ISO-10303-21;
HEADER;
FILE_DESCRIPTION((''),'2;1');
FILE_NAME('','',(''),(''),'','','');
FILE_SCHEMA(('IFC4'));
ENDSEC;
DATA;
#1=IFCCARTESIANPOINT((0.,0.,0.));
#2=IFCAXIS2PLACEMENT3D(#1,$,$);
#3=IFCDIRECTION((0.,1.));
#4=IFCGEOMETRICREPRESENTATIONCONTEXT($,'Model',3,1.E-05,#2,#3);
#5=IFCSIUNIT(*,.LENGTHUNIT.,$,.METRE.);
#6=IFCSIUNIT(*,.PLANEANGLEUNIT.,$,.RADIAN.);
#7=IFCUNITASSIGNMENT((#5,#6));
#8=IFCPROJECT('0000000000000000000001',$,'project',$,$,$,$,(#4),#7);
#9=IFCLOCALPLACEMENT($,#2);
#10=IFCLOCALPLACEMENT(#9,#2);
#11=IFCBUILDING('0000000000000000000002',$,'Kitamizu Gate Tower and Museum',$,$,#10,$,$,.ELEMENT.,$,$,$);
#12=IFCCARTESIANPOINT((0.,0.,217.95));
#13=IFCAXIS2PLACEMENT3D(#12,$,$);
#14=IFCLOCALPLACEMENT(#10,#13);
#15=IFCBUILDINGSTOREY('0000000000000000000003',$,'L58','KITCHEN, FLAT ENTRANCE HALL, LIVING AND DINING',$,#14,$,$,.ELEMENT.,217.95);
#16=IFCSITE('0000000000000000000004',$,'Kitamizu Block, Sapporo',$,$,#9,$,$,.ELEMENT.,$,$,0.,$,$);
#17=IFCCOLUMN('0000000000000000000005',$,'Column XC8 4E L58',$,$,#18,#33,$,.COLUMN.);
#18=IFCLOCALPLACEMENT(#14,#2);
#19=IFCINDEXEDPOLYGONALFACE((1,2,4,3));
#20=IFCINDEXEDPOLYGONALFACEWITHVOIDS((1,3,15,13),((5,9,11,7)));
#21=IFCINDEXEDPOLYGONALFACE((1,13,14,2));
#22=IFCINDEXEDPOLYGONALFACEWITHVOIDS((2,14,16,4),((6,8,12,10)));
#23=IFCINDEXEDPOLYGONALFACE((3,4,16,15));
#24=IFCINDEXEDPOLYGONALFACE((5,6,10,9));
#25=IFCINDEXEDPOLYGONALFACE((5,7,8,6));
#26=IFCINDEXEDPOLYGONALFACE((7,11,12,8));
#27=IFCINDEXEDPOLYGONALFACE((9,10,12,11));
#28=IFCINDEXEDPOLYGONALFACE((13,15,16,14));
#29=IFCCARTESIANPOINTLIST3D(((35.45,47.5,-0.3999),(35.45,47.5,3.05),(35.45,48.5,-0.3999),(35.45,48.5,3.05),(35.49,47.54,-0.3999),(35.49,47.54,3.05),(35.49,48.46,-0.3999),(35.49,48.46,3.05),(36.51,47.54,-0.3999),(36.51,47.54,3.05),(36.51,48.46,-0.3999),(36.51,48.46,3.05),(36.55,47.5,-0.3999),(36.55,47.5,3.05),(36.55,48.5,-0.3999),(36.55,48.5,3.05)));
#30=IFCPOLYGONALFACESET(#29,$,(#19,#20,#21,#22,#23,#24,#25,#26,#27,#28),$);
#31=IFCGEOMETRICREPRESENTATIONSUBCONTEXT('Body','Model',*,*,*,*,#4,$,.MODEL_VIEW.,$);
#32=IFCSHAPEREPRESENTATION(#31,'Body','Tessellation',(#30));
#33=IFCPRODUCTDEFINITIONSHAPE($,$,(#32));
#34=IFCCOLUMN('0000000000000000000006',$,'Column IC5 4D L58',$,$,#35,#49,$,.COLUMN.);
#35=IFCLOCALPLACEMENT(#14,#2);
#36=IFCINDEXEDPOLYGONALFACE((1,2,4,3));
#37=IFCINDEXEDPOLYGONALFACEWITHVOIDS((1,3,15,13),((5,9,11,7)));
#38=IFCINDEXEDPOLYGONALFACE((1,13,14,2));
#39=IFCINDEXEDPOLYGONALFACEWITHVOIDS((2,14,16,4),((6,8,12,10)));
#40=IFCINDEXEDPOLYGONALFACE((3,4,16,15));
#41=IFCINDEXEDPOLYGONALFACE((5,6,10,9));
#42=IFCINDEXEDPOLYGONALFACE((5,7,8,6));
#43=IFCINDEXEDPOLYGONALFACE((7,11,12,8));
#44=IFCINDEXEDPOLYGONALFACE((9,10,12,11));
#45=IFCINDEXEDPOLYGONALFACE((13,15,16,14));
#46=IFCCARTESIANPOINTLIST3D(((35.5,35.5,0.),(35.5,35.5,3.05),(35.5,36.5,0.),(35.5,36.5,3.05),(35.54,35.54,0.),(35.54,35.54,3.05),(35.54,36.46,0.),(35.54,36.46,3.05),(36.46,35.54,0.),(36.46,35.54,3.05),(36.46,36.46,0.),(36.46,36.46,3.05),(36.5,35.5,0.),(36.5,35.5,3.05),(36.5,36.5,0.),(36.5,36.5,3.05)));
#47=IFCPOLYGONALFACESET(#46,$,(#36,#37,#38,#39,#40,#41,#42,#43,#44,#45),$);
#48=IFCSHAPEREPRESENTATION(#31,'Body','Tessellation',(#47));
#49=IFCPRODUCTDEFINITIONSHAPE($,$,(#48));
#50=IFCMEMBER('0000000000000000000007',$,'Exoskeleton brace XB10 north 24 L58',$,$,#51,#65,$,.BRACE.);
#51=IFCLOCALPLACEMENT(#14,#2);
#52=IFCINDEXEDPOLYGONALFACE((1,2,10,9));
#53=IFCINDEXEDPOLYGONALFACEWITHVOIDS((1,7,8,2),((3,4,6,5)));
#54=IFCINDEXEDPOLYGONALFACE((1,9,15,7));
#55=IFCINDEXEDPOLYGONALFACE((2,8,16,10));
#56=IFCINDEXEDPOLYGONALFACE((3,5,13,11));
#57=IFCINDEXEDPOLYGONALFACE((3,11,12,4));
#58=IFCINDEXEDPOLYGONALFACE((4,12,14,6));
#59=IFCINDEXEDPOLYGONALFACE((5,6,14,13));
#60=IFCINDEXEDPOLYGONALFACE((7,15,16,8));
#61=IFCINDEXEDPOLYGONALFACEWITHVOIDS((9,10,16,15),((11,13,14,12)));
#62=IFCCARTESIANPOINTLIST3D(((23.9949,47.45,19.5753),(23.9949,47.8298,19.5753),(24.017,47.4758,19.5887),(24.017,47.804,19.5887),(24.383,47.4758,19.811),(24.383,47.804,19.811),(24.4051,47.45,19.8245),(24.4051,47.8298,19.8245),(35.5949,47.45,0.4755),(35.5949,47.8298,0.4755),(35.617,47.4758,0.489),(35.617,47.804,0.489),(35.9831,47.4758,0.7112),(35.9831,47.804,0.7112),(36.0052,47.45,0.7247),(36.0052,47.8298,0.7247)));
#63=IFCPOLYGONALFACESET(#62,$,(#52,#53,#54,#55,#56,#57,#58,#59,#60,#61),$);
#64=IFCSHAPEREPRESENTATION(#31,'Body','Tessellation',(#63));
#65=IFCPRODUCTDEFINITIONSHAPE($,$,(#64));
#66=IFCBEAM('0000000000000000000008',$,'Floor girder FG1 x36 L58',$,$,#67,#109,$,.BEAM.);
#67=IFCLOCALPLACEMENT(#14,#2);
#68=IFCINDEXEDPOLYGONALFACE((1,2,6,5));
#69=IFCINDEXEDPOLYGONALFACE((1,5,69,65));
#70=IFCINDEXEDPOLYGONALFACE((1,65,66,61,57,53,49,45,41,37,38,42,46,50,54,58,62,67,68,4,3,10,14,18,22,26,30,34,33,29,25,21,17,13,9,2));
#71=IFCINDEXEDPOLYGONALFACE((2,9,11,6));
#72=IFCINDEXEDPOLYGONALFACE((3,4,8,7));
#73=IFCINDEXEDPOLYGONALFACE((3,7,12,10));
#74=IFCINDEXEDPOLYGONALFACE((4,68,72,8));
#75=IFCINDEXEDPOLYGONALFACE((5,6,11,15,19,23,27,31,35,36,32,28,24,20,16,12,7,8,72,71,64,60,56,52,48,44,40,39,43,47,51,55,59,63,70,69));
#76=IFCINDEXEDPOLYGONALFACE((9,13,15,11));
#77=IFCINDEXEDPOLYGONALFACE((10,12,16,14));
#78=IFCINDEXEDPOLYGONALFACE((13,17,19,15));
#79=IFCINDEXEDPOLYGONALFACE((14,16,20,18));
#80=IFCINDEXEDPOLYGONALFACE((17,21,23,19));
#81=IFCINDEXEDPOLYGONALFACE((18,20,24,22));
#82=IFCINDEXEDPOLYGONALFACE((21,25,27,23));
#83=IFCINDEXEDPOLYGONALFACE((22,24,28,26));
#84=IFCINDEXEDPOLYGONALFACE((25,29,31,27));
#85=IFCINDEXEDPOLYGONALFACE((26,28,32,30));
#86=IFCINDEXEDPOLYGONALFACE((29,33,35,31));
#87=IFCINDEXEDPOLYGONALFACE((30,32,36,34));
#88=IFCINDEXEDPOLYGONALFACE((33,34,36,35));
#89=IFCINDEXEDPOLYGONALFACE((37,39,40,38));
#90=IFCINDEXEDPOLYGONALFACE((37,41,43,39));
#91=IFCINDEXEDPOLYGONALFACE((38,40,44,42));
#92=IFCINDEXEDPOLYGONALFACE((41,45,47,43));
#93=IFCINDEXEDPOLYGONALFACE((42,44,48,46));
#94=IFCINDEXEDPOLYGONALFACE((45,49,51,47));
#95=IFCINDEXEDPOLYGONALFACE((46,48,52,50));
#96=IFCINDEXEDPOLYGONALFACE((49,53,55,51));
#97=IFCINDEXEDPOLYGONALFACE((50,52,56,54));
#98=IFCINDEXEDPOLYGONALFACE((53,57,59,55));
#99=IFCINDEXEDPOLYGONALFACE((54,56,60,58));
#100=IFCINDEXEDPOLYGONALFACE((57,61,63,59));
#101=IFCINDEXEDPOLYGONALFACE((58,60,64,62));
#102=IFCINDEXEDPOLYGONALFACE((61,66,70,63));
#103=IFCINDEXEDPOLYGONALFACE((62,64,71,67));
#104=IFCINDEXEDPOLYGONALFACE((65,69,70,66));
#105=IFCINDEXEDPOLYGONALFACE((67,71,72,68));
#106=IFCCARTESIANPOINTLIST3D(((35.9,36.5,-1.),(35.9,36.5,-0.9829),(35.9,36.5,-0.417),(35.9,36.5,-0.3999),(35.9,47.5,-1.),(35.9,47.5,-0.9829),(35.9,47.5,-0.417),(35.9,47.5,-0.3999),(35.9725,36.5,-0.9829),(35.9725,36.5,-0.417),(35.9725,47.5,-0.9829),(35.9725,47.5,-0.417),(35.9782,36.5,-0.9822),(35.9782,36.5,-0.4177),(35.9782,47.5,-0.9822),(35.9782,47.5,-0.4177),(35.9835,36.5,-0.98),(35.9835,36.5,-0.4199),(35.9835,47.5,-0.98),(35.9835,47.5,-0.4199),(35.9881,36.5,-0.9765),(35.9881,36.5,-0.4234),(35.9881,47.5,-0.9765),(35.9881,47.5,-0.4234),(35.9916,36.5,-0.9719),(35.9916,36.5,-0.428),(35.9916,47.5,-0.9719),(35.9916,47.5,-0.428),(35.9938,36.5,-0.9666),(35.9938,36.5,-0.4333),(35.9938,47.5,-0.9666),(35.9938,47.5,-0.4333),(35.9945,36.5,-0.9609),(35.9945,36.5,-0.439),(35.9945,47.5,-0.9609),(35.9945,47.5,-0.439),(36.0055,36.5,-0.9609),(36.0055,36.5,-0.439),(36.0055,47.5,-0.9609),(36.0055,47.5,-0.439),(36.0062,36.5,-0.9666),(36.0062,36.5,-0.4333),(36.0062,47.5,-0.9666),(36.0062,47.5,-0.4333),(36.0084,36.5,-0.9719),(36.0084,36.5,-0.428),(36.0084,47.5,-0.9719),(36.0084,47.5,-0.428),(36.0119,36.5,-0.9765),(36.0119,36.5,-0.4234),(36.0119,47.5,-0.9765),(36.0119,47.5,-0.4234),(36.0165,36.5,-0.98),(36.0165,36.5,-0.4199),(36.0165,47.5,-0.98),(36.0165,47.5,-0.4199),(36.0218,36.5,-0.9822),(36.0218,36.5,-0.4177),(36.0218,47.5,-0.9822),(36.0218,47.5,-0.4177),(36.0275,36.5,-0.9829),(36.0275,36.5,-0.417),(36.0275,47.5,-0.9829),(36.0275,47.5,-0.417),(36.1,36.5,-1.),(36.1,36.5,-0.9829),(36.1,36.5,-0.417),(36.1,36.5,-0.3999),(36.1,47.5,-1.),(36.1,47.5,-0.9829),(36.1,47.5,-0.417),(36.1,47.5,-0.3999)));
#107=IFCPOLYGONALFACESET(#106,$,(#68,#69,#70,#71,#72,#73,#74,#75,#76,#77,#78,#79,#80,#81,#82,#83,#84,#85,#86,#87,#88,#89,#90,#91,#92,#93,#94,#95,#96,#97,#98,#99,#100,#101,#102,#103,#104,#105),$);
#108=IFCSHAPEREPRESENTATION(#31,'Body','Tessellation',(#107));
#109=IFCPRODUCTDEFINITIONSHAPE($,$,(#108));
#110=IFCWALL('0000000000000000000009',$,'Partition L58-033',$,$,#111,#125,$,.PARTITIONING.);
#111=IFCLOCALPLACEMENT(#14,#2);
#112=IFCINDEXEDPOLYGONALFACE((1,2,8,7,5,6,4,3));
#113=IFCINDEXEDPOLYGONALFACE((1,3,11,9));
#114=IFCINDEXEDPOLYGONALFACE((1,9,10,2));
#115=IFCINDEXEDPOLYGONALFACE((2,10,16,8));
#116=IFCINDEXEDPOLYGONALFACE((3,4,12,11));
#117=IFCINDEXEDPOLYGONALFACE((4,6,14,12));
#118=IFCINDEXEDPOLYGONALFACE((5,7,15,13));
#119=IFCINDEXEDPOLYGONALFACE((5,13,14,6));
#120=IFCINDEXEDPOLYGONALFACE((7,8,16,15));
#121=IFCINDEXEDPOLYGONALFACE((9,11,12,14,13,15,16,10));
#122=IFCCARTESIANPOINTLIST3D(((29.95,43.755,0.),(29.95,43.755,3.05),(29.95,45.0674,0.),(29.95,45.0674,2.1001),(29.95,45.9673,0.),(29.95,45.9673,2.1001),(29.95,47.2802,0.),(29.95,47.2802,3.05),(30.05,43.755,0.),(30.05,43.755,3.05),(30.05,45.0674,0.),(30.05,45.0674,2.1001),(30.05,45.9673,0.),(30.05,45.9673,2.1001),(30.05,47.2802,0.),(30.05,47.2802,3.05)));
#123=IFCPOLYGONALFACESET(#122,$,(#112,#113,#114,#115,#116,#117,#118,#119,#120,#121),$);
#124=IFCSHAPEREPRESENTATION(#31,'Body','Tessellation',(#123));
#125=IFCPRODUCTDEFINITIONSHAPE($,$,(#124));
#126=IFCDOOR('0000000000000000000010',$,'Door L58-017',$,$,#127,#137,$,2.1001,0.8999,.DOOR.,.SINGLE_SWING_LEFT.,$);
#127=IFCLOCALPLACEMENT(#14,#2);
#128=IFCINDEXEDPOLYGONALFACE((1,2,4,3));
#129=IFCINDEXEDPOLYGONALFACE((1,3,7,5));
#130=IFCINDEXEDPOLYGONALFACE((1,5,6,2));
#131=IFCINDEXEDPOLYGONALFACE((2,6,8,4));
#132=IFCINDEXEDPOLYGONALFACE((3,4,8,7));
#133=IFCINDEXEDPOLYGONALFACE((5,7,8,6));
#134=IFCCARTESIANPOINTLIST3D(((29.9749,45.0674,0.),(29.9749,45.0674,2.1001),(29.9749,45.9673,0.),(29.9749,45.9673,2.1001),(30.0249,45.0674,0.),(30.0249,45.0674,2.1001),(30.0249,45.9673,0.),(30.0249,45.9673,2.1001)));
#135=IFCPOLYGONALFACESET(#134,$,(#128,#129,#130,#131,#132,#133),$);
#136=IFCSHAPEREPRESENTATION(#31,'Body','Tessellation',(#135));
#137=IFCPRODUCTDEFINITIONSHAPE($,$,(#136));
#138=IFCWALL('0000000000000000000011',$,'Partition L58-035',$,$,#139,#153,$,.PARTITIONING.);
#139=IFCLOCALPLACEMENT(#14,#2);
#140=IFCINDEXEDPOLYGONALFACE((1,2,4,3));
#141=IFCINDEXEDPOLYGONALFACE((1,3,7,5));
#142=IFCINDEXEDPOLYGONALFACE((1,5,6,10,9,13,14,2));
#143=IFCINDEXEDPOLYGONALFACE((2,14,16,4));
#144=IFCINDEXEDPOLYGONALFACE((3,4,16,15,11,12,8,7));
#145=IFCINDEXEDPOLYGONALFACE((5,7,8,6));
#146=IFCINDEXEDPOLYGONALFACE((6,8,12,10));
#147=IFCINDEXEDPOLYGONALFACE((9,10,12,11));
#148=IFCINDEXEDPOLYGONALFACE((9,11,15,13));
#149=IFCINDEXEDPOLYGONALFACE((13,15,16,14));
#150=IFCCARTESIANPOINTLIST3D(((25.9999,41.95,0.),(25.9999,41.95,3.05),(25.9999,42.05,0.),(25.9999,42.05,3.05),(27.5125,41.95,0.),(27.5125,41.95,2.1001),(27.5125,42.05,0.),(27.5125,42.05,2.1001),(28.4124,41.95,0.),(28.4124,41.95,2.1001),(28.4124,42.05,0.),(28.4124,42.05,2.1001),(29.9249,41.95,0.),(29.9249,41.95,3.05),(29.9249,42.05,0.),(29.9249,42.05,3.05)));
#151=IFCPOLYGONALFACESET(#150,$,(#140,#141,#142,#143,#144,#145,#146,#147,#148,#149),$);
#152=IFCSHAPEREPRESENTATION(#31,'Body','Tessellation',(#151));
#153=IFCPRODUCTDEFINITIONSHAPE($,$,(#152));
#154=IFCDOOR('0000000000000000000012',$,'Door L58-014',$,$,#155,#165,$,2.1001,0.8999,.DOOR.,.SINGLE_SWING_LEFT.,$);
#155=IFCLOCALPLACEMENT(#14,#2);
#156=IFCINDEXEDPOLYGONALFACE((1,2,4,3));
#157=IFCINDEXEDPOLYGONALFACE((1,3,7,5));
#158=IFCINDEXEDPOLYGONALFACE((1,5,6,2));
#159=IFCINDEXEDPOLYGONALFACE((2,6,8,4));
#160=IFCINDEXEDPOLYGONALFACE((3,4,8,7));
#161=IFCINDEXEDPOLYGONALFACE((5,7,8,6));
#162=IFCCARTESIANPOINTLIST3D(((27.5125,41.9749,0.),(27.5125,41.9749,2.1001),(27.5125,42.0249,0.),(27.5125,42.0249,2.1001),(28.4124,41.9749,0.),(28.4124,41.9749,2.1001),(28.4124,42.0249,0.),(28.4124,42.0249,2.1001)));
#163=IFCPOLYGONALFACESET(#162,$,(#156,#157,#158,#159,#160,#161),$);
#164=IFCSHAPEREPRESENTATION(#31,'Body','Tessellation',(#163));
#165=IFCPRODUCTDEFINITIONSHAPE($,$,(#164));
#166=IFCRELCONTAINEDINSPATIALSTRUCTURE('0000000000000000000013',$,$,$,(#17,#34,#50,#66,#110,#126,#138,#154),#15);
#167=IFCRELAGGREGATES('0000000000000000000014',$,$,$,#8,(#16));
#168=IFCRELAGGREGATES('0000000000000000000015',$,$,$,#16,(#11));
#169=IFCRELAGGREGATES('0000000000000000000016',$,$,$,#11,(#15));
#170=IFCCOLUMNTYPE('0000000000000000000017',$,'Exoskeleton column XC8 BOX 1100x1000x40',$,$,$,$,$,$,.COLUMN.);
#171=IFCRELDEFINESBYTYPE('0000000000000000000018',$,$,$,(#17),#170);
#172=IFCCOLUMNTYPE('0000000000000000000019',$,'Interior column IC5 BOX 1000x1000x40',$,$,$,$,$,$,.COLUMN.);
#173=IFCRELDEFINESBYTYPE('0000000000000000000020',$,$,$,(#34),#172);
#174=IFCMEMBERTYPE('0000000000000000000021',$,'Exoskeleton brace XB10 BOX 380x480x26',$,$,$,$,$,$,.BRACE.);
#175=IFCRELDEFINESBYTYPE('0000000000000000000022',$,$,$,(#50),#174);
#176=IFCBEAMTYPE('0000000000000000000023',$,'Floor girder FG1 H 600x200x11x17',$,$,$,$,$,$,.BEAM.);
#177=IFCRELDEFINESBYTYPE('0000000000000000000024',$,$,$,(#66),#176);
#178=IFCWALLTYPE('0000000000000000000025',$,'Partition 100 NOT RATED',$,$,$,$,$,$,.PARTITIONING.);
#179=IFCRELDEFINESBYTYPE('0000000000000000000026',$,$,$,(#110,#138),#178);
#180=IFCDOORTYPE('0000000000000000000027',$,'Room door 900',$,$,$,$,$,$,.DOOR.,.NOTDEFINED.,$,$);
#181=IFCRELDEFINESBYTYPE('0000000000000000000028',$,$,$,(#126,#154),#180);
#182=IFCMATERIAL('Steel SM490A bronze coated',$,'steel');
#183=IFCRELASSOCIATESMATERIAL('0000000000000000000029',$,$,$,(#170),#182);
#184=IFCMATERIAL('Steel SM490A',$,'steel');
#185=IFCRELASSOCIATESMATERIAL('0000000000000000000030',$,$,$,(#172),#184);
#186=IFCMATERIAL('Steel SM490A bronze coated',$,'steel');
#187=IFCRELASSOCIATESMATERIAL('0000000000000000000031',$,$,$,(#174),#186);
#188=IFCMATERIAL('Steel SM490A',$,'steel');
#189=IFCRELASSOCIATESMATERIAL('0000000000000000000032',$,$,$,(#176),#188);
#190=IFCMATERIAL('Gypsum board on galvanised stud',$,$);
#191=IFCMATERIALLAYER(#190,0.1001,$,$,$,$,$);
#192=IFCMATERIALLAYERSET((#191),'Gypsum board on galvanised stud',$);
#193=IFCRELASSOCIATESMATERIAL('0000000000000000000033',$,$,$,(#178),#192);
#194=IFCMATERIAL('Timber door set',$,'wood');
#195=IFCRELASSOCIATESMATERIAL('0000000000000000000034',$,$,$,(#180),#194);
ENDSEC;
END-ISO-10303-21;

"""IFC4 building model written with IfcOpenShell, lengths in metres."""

from ifc_helpers import new_model, si_unit, direction, frame, frame_2d, origin, origin_2d, place, context, subcontext, project, spatial, rectangle, hollow_rectangle, i_section, extrude, material, layer, layer_set, material_profile, profile_set, type_object, element, fill, save


model = new_model("IFC4")

# Units and contexts
model_context = context("Model", 3, precision=1e-05, world=origin(), true_north=direction((0.0, 1.0)))
body_context = subcontext(model_context, "Body", "Model", "MODEL_VIEW")
ifc_project = project(units=[si_unit("LENGTHUNIT", "METRE"), si_unit("PLANEANGLEUNIT", "RADIAN")], contexts=[model_context])

# Site, building, storey
site_placement = place(None, origin())
site = spatial("IfcSite", under=ifc_project, at=site_placement, Name="Kitamizu Block, Sapporo", CompositionType="ELEMENT", RefElevation=0.0)
building_placement = place(site_placement, origin())
building = spatial("IfcBuilding", under=site, at=building_placement, Name="Kitamizu Gate Tower and Museum", CompositionType="ELEMENT")
storey_placement = place(building_placement, frame((0.0, 0.0, 217.95)))
storey = spatial("IfcBuildingStorey", under=building, at=storey_placement, Name="L58", Description="KITCHEN, FLAT ENTRANCE HALL, LIVING AND DINING", CompositionType="ELEMENT", Elevation=217.95)

# Columns
ifc_material_1 = material(Name="Steel SM490A bronze coated", Category="steel")
ifc_material_profile_1 = material_profile(ifc_material_1, hollow_rectangle(XDim=1.1001, YDim=1.0, WallThickness=0.04, at=origin_2d()), Name="BOX 1100x1000x40")
ifc_profile_set_1 = profile_set([ifc_material_profile_1], Name="Steel SM490A bronze coated")
column_type_1 = type_object("IfcColumnType", Name="Exoskeleton column XC8 BOX 1100x1000x40", PredefinedType="COLUMN", material=ifc_profile_set_1)
column_1_placement = place(storey_placement, frame((36.0, 48.0, -0.3999), z_axis=(0.0, 0.0, 1.0), x_axis=(1.0, 0.0, 0.0)))
element("IfcColumn", 1, at=column_1_placement, inside=storey, type_object=column_type_1, Name="Column XC8 4E L58", PredefinedType="COLUMN", context=body_context, shape_type="SweptSolid", body=[
    extrude(hollow_rectangle(XDim=1.1001, YDim=1.0, WallThickness=0.04, at=origin_2d()), origin(), (0.0, 0.0, 1.0), 3.45),
])
ifc_material_2 = material(Name="Steel SM490A", Category="steel")
ifc_material_profile_2 = material_profile(ifc_material_2, hollow_rectangle(XDim=1.0, YDim=1.0, WallThickness=0.04, at=origin_2d()), Name="BOX 1000x1000x40")
ifc_profile_set_2 = profile_set([ifc_material_profile_2], Name="Steel SM490A")
column_type_2 = type_object("IfcColumnType", Name="Interior column IC5 BOX 1000x1000x40", PredefinedType="COLUMN", material=ifc_profile_set_2)
column_2_placement = place(storey_placement, frame((36.0, 36.0, 0.0), z_axis=(0.0, 0.0, 1.0), x_axis=(1.0, 0.0, 0.0)))
element("IfcColumn", 2, at=column_2_placement, inside=storey, type_object=column_type_2, Name="Column IC5 4D L58", PredefinedType="COLUMN", context=body_context, shape_type="SweptSolid", body=[
    extrude(hollow_rectangle(XDim=1.0, YDim=1.0, WallThickness=0.04, at=origin_2d()), origin(), (0.0, 0.0, 1.0), 3.05),
])

# Member
ifc_material_3 = material(Name="Steel SM490A bronze coated", Category="steel")
ifc_material_profile_3 = material_profile(ifc_material_3, hollow_rectangle(XDim=0.3799, YDim=0.48, WallThickness=0.0259, at=origin_2d()), Name="BOX 380x480x26")
ifc_profile_set_3 = profile_set([ifc_material_profile_3], Name="Steel SM490A bronze coated")
member_type = type_object("IfcMemberType", Name="Exoskeleton brace XB10 BOX 380x480x26", PredefinedType="BRACE", material=ifc_profile_set_3)
member_placement = place(storey_placement, frame((35.8, 47.6399, 0.6001), z_axis=(-0.519101, 0.0, 0.854713), x_axis=(0.0, -1.0, 0.0)))
element("IfcMember", 3, at=member_placement, inside=storey, type_object=member_type, Name="Exoskeleton brace XB10 north 24 L58", PredefinedType="BRACE", context=body_context, shape_type="SweptSolid", body=[
    extrude(hollow_rectangle(XDim=0.3799, YDim=0.48, WallThickness=0.0259, at=origin_2d()), origin(), (0.0, 0.0, 1.0), 22.3464),
])

# Beam
ifc_material_4 = material(Name="Steel SM490A", Category="steel")
ifc_material_profile_4 = material_profile(ifc_material_4, i_section(OverallWidth=0.2, OverallDepth=0.6001, WebThickness=0.011, FlangeThickness=0.0171, FilletRadius=0.022, at=origin_2d()), Name="H-600x200x11x17")
ifc_profile_set_4 = profile_set([ifc_material_profile_4], Name="Steel SM490A")
beam_type = type_object("IfcBeamType", Name="Floor girder FG1 H 600x200x11x17", PredefinedType="BEAM", material=ifc_profile_set_4)
beam_placement = place(storey_placement, frame((36.0, 36.5, -0.7), z_axis=(0.0, 1.0, 0.0), x_axis=(-1.0, 0.0, 0.0)))
element("IfcBeam", 4, at=beam_placement, inside=storey, type_object=beam_type, Name="Floor girder FG1 x36 L58", PredefinedType="BEAM", context=body_context, shape_type="SweptSolid", body=[
    extrude(i_section(OverallWidth=0.2, OverallDepth=0.6001, WebThickness=0.011, FlangeThickness=0.0171, FilletRadius=0.022, at=origin_2d()), origin(), (0.0, 0.0, 1.0), 11.0),
])

# Walls, openings, doors
ifc_material_5 = material(Name="Gypsum board on galvanised stud")
ifc_layer_1 = layer(ifc_material_5, 0.1001)
ifc_layer_set_1 = layer_set([ifc_layer_1], Name="Gypsum board on galvanised stud")
wall_type_1 = type_object("IfcWallType", Name="Partition 100 NOT RATED", PredefinedType="PARTITIONING", material=ifc_layer_set_1)
wall_1_placement = place(storey_placement, frame((30.0, 43.7549, 0.0), z_axis=(0.0, 0.0, 1.0), x_axis=(0.0, 1.0, 0.0)))
wall_1 = element("IfcWall", 5, at=wall_1_placement, inside=storey, type_object=wall_type_1, Name="Partition L58-033", PredefinedType="PARTITIONING", context=body_context, shape_type="SweptSolid", body=[
    extrude(rectangle(XDim=3.5251, YDim=0.1001, at=frame_2d((1.7627, 0.0))), origin(), (0.0, 0.0, 1.0), 3.05),
])
opening_1_placement = place(wall_1_placement, frame((1.3125, 0.0, 0.0)))
opening_1 = element("IfcOpeningElement", 6, at=opening_1_placement, cuts=wall_1, PredefinedType="OPENING", context=body_context, shape_type="SweptSolid", body=[
    extrude(rectangle(XDim=0.8999, YDim=2.1001, at=frame_2d((0.45, 1.05))), frame((0.0, 0.0601, 0.0), z_axis=(0.0, -1.0, 0.0), x_axis=(1.0, 0.0, 0.0)), (0.0, 0.0, 1.0), 0.1201),
])
ifc_material_6 = material(Name="Timber door set", Category="wood")
door_type_1 = type_object("IfcDoorType", Name="Room door 900", OperationType="NOTDEFINED", PredefinedType="DOOR", material=ifc_material_6)
door_1_placement = place(opening_1_placement, frame((0.8999, 0.0, 0.0), x_axis=(-1.0, 0.0, 0.0)))
door_1 = element("IfcDoor", 7, at=door_1_placement, inside=storey, type_object=door_type_1, Name="Door L58-017", OperationType="SINGLE_SWING_LEFT", OverallHeight=2.1001, OverallWidth=0.8999, PredefinedType="DOOR", context=body_context, shape_type="SweptSolid", body=[
    extrude(rectangle(XDim=0.8999, YDim=2.1001, at=frame_2d((0.45, 1.05))), frame((0.0, 0.0249, 0.0), z_axis=(0.0, -1.0, 0.0), x_axis=(1.0, 0.0, 0.0)), (0.0, 0.0, 1.0), 0.05),
])
fill(opening_1, door_1)
wall_2_placement = place(storey_placement, frame((26.0, 42.0, 0.0), z_axis=(0.0, 0.0, 1.0), x_axis=(1.0, 0.0, 0.0)))
wall_2 = element("IfcWall", 8, at=wall_2_placement, inside=storey, type_object=wall_type_1, Name="Partition L58-035", PredefinedType="PARTITIONING", context=body_context, shape_type="SweptSolid", body=[
    extrude(rectangle(XDim=3.925, YDim=0.1001, at=frame_2d((1.9624, 0.0))), origin(), (0.0, 0.0, 1.0), 3.05),
])
opening_2_placement = place(wall_2_placement, frame((1.5125, 0.0, 0.0)))
opening_2 = element("IfcOpeningElement", 9, at=opening_2_placement, cuts=wall_2, PredefinedType="OPENING", context=body_context, shape_type="SweptSolid", body=[
    extrude(rectangle(XDim=0.8999, YDim=2.1001, at=frame_2d((0.45, 1.05))), frame((0.0, 0.0601, 0.0), z_axis=(0.0, -1.0, 0.0), x_axis=(1.0, 0.0, 0.0)), (0.0, 0.0, 1.0), 0.1201),
])
door_2_placement = place(opening_2_placement, origin())
door_2 = element("IfcDoor", 10, at=door_2_placement, inside=storey, type_object=door_type_1, Name="Door L58-014", OperationType="SINGLE_SWING_LEFT", OverallHeight=2.1001, OverallWidth=0.8999, PredefinedType="DOOR", context=body_context, shape_type="SweptSolid", body=[
    extrude(rectangle(XDim=0.8999, YDim=2.1001, at=frame_2d((0.45, 1.05))), frame((0.0, 0.0249, 0.0), z_axis=(0.0, -1.0, 0.0), x_axis=(1.0, 0.0, 0.0)), (0.0, 0.0, 1.0), 0.05),
])
fill(opening_2, door_2)

save(model, "model.ifc")
